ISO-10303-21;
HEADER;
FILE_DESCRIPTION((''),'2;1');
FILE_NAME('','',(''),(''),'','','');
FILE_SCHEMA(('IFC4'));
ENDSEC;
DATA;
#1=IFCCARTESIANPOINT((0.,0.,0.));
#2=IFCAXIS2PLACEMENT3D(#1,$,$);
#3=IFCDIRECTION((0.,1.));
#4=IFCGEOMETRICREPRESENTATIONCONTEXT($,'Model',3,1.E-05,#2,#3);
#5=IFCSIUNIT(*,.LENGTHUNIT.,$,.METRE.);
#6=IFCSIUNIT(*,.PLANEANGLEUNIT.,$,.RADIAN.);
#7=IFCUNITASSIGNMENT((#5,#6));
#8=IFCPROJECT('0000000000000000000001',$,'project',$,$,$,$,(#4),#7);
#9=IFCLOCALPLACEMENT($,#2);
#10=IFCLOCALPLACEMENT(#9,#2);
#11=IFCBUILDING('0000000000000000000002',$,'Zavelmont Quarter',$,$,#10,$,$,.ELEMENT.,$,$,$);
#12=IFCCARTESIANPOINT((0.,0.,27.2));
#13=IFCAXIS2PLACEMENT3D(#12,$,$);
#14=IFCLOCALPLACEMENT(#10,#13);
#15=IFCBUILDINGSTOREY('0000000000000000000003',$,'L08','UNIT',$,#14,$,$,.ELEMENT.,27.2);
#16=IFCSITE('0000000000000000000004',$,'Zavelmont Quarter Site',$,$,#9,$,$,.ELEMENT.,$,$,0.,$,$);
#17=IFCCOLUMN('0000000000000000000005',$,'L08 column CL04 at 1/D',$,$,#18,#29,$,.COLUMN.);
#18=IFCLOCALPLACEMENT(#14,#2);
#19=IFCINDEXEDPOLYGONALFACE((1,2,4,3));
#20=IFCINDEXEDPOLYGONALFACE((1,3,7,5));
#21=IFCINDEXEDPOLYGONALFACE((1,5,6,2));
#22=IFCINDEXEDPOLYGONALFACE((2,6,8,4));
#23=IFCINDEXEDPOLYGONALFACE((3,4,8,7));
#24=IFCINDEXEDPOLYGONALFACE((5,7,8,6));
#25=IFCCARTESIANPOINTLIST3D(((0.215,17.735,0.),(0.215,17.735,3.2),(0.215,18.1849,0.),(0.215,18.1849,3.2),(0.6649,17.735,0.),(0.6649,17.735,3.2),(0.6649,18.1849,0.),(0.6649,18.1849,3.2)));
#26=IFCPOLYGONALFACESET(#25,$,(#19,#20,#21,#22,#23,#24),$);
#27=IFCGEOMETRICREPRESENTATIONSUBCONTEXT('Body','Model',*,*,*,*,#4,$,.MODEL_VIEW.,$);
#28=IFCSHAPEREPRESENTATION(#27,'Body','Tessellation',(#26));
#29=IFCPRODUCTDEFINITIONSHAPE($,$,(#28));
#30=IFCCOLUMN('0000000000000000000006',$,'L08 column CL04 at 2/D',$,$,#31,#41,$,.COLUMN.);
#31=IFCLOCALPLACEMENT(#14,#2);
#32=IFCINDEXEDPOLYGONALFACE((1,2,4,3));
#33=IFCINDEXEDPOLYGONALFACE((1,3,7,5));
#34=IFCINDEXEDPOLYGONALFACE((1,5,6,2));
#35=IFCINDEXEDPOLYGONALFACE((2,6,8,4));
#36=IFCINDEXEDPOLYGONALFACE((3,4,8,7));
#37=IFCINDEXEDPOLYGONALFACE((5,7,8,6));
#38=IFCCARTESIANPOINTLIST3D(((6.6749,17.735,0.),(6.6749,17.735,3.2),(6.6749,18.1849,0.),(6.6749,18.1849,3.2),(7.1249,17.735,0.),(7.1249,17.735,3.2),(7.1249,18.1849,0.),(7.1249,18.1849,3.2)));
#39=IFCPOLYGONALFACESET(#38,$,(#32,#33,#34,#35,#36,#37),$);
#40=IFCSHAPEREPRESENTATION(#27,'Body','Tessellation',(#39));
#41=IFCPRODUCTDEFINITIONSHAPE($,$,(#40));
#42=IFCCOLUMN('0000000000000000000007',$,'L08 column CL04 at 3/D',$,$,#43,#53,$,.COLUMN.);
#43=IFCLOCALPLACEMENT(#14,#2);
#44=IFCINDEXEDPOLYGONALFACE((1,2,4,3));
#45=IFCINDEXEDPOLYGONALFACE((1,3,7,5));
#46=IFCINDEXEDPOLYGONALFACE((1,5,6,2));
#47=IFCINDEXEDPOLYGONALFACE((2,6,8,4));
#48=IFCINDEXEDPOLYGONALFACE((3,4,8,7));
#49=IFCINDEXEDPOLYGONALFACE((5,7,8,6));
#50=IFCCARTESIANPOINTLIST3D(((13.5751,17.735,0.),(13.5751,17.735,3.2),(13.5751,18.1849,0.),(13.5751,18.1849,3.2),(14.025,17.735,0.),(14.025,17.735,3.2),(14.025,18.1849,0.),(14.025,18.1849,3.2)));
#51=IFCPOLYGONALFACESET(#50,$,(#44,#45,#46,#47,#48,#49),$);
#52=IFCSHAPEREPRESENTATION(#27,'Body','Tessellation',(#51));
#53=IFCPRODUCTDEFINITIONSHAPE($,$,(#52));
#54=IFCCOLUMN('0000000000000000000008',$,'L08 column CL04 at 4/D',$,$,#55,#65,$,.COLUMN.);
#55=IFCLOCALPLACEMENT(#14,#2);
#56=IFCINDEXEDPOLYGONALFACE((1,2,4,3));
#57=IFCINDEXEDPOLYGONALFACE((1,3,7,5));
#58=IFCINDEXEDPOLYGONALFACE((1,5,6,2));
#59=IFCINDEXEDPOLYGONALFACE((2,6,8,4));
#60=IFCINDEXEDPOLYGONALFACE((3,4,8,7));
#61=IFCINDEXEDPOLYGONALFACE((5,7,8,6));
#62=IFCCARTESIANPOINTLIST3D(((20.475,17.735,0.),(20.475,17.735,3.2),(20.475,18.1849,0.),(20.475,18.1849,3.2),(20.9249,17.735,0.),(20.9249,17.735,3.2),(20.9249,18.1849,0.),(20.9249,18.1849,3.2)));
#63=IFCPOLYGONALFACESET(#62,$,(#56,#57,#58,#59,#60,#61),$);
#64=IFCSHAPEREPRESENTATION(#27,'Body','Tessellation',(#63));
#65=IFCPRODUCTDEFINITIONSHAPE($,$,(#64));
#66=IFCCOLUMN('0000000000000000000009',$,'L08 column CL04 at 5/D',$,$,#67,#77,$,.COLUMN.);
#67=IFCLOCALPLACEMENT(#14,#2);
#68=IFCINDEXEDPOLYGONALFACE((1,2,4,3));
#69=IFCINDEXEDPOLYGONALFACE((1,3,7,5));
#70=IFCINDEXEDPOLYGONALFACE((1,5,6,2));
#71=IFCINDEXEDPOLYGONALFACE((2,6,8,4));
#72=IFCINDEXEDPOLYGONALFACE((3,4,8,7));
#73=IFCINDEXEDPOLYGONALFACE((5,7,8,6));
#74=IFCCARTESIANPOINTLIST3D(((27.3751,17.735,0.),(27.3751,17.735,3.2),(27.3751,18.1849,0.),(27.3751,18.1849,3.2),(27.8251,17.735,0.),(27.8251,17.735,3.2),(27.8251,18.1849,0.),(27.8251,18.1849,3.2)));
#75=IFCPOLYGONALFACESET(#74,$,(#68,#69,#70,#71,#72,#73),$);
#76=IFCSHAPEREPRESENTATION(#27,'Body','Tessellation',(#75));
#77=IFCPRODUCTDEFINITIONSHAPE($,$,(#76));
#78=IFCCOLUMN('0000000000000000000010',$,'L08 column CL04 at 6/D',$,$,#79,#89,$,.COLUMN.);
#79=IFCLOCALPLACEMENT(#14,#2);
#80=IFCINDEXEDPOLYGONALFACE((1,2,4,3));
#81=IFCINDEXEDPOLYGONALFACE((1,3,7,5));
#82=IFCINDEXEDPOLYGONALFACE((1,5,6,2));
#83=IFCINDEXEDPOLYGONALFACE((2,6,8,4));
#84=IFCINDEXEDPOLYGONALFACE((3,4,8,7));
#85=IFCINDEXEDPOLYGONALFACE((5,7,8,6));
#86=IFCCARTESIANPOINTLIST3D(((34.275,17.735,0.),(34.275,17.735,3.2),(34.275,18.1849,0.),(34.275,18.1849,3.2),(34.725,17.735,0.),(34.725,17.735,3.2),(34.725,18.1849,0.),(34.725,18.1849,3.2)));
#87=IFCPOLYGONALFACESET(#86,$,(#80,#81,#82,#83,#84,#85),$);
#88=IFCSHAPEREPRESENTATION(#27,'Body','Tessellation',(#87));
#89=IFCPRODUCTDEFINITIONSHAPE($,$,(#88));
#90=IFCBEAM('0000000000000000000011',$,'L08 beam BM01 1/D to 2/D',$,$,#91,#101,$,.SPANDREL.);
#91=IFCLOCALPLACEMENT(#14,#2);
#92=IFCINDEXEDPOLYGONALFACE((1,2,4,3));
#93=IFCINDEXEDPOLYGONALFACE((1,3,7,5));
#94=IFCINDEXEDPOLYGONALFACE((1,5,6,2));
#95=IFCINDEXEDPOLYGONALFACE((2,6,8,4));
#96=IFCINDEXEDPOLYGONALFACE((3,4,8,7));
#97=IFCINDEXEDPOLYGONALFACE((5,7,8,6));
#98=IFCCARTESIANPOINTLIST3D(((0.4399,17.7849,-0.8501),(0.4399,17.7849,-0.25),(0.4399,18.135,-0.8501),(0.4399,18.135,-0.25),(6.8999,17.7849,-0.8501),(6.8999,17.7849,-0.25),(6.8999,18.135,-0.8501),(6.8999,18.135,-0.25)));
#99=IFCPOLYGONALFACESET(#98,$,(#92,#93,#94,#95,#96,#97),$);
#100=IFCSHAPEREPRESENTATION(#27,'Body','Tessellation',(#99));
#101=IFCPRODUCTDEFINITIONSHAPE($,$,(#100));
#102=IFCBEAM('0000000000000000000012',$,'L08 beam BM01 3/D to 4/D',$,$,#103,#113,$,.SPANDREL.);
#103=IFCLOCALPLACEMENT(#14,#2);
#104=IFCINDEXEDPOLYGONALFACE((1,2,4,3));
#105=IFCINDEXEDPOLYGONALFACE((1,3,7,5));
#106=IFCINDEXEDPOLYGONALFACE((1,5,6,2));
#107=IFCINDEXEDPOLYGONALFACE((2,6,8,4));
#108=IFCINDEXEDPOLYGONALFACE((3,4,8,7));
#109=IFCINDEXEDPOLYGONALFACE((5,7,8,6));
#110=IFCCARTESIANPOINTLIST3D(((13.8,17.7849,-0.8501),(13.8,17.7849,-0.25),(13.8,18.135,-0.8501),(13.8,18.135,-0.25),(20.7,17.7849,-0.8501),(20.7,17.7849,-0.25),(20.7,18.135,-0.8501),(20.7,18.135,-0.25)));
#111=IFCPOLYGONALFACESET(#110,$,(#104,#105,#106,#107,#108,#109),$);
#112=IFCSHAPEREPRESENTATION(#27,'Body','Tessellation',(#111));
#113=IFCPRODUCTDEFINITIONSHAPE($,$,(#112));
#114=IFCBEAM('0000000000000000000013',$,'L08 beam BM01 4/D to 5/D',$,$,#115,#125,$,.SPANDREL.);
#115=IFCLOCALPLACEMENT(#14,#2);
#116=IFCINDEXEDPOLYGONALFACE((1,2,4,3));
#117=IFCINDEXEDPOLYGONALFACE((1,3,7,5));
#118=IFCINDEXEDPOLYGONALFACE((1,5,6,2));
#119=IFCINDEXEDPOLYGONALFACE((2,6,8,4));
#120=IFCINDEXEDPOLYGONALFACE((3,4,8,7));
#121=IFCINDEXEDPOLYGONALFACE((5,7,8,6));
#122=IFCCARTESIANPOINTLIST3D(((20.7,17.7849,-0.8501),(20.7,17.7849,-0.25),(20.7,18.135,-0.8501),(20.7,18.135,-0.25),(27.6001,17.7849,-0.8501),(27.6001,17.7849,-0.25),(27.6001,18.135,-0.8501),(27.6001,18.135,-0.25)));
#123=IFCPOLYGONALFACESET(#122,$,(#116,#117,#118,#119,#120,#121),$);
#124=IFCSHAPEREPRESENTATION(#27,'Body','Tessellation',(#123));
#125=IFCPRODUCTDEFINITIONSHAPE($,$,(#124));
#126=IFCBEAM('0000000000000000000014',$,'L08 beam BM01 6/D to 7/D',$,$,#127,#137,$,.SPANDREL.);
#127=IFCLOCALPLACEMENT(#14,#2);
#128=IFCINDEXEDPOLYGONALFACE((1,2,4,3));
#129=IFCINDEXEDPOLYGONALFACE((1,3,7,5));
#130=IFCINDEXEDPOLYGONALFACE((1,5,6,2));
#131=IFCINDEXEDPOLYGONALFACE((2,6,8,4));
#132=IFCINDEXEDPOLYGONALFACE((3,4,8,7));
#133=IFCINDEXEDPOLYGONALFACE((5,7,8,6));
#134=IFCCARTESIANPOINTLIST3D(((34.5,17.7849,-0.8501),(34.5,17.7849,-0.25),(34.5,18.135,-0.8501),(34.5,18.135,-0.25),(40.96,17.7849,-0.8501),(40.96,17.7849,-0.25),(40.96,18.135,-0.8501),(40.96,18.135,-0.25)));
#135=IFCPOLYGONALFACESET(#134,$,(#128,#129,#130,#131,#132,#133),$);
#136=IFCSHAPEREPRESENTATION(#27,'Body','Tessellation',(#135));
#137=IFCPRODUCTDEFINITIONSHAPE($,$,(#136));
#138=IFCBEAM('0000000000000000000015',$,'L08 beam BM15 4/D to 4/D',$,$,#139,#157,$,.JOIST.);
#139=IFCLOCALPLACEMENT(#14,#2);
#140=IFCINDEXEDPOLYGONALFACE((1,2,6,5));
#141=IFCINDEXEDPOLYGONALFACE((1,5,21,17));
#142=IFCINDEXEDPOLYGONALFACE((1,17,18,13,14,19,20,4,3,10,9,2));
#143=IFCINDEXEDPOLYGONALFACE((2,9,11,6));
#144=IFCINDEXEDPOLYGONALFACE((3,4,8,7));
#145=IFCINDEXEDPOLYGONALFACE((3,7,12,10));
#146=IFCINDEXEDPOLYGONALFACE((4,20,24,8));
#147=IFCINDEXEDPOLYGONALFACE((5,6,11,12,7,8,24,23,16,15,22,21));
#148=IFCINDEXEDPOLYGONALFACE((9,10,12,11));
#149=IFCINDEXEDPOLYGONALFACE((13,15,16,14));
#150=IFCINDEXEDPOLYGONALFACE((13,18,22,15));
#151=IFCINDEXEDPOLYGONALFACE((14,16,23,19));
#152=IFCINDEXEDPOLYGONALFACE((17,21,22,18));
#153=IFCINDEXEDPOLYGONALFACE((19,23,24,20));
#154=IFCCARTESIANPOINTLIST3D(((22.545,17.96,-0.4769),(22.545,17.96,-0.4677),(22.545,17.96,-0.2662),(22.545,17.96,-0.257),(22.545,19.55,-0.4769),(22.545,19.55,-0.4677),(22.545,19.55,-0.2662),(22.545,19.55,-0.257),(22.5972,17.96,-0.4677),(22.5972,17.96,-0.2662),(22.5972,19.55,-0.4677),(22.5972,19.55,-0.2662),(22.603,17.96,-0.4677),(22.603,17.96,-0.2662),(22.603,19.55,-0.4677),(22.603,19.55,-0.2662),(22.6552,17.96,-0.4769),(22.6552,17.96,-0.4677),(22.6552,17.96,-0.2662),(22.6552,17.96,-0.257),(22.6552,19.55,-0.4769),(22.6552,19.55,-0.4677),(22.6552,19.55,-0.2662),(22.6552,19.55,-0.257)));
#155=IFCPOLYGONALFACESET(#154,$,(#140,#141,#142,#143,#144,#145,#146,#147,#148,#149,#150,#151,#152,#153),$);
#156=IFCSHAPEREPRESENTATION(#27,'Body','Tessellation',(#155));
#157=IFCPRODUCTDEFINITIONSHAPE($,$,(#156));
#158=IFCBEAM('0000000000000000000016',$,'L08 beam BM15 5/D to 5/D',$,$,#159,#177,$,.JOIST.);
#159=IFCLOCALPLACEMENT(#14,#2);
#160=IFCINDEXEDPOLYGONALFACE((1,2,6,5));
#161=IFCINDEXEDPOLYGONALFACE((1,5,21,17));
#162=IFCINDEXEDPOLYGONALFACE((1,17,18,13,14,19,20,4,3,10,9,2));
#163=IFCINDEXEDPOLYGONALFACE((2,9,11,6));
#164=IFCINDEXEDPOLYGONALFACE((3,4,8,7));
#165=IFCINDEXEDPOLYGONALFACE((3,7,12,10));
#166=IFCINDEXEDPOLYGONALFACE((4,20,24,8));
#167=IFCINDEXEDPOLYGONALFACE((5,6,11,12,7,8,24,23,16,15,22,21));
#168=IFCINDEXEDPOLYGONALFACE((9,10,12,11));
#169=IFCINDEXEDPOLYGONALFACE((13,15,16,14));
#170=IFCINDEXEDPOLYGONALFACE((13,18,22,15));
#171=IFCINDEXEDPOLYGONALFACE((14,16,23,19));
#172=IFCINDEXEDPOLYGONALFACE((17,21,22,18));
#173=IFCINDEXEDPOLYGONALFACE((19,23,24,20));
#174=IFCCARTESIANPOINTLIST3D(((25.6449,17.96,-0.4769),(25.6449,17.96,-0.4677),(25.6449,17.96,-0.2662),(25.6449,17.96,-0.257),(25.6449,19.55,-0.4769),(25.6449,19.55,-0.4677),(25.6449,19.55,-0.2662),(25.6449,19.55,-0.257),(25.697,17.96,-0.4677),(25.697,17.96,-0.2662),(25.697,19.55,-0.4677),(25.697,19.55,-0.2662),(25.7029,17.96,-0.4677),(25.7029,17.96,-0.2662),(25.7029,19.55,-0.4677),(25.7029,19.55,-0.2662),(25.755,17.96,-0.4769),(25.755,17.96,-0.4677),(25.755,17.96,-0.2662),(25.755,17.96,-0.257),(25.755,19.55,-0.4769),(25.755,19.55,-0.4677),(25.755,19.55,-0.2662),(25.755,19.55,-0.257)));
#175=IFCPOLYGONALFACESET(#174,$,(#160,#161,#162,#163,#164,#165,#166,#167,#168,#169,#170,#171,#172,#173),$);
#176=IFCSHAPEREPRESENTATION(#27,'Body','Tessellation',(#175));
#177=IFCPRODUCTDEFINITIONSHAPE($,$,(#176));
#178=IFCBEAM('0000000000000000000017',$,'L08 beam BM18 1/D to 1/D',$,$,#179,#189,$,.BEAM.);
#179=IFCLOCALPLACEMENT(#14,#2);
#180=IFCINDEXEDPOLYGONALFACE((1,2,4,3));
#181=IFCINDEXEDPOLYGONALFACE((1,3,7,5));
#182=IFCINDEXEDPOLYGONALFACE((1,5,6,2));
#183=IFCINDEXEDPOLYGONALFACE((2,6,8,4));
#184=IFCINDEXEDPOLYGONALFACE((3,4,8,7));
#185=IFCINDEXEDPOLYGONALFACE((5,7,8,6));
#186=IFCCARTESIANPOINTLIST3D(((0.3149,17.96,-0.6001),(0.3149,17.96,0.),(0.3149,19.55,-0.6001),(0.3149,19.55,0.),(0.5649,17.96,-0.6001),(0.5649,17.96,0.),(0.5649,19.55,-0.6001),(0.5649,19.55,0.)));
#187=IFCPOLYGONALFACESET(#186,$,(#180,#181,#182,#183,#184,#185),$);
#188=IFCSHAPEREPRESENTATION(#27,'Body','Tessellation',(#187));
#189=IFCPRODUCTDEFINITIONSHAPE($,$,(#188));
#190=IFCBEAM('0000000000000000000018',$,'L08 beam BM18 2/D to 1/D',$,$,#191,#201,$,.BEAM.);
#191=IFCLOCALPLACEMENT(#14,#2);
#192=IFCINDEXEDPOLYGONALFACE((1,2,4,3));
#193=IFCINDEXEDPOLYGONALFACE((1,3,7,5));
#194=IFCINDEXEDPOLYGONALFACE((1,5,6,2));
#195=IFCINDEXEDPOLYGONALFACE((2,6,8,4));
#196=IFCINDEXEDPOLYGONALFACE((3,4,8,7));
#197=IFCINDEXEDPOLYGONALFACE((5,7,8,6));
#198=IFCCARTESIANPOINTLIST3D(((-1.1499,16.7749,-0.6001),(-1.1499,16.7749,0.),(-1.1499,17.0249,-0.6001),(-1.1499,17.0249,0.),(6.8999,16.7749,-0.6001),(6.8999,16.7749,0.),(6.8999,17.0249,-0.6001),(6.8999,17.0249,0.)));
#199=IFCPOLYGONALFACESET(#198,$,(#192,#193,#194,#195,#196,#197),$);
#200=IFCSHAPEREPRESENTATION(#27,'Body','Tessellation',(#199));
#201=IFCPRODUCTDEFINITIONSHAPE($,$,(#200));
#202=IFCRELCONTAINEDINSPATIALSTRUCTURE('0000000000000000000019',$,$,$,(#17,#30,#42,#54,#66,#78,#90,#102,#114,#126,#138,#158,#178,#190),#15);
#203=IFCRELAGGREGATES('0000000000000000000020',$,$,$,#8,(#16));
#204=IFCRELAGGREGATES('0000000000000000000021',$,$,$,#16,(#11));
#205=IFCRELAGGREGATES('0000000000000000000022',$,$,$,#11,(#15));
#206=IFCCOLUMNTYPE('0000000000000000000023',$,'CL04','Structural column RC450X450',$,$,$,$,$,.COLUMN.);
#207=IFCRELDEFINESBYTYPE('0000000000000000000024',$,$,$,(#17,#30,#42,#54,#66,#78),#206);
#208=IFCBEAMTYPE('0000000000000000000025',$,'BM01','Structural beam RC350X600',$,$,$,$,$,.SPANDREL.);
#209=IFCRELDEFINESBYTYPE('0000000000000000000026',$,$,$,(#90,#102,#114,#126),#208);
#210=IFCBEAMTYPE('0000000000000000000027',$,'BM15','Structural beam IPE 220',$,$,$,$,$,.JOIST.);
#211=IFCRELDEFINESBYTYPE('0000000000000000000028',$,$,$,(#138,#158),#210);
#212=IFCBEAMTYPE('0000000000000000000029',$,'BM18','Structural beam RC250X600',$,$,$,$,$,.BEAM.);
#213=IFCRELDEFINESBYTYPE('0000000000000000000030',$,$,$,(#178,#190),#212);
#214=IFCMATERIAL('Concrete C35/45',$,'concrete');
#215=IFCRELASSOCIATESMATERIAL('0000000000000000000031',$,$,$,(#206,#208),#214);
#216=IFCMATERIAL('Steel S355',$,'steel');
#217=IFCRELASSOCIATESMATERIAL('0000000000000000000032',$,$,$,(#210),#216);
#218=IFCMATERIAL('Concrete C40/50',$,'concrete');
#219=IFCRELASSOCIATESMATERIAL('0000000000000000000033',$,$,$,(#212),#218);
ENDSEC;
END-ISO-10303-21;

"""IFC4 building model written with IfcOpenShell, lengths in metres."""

from ifc_helpers import new_model, si_unit, direction, frame, origin, origin_2d, place, context, subcontext, project, spatial, rectangle, i_section, extrude, material, material_profile, profile_set, type_object, element, save


model = new_model("IFC4")

# Units and contexts
model_context = context("Model", 3, precision=1e-05, world=origin(), true_north=direction((0.0, 1.0)))
body_context = subcontext(model_context, "Body", "Model", "MODEL_VIEW")
ifc_project = project(units=[si_unit("LENGTHUNIT", "METRE"), si_unit("PLANEANGLEUNIT", "RADIAN")], contexts=[model_context])

# Site, building, storey
site_placement = place(None, origin())
site = spatial("IfcSite", under=ifc_project, at=site_placement, Name="Zavelmont Quarter Site", CompositionType="ELEMENT", RefElevation=0.0)
building_placement = place(site_placement, origin())
building = spatial("IfcBuilding", under=site, at=building_placement, Name="Zavelmont Quarter", CompositionType="ELEMENT")
storey_placement = place(building_placement, frame((0.0, 0.0, 27.2)))
storey = spatial("IfcBuildingStorey", under=building, at=storey_placement, Name="L08", Description="UNIT", CompositionType="ELEMENT", Elevation=27.2)

# Columns
ifc_material_1 = material(Name="Concrete C35/45", Category="concrete")
ifc_material_profile_1 = material_profile(ifc_material_1, rectangle(XDim=0.45, YDim=0.45, at=origin_2d()), Name="RC450X450")
ifc_profile_set_1 = profile_set([ifc_material_profile_1], Name="Concrete C35/45")
column_type = type_object("IfcColumnType", Name="CL04", Description="Structural column RC450X450", PredefinedType="COLUMN", material=ifc_profile_set_1)
for number, where, z_axis, x_axis, name in (
    (1, (0.4399, 17.96, 0.0), (0.0, 0.0, 1.0), (1.0, 0.0, 0.0), "L08 column CL04 at 1/D"),
    (2, (6.8999, 17.96, 0.0), (0.0, 0.0, 1.0), (1.0, 0.0, 0.0), "L08 column CL04 at 2/D"),
    (3, (13.8, 17.96, 0.0), (0.0, 0.0, 1.0), (1.0, 0.0, 0.0), "L08 column CL04 at 3/D"),
    (4, (20.7, 17.96, 0.0), (0.0, 0.0, 1.0), (1.0, 0.0, 0.0), "L08 column CL04 at 4/D"),
    (5, (27.6001, 17.96, 0.0), (0.0, 0.0, 1.0), (1.0, 0.0, 0.0), "L08 column CL04 at 5/D"),
    (6, (34.5, 17.96, 0.0), (0.0, 0.0, 1.0), (1.0, 0.0, 0.0), "L08 column CL04 at 6/D"),
):
    element("IfcColumn", number, at=place(storey_placement, frame(where, z_axis=z_axis, x_axis=x_axis)), inside=storey, type_object=column_type, Name=name, PredefinedType="COLUMN", context=body_context, shape_type="SweptSolid", body=[
        extrude(rectangle(XDim=0.45, YDim=0.45, at=origin_2d()), origin(), (0.0, 0.0, 1.0), 3.2),
    ])

# Beams
ifc_material_profile_2 = material_profile(ifc_material_1, rectangle(XDim=0.3501, YDim=0.6001, at=origin_2d()), Name="RC350X600")
ifc_profile_set_2 = profile_set([ifc_material_profile_2], Name="Concrete C35/45")
beam_type_1 = type_object("IfcBeamType", Name="BM01", Description="Structural beam RC350X600", PredefinedType="SPANDREL", material=ifc_profile_set_2)
beam_1_placement = place(storey_placement, frame((0.4399, 17.96, -0.55), z_axis=(1.0, 0.0, 0.0), x_axis=(0.0, 1.0, 0.0)))
element("IfcBeam", 7, at=beam_1_placement, inside=storey, type_object=beam_type_1, Name="L08 beam BM01 1/D to 2/D", PredefinedType="SPANDREL", context=body_context, shape_type="SweptSolid", body=[
    extrude(rectangle(XDim=0.3501, YDim=0.6001, at=origin_2d()), origin(), (0.0, 0.0, 1.0), 6.46),
])
beam_2_placement = place(storey_placement, frame((13.8, 17.96, -0.55), z_axis=(1.0, 0.0, 0.0), x_axis=(0.0, 1.0, 0.0)))
element("IfcBeam", 8, at=beam_2_placement, inside=storey, type_object=beam_type_1, Name="L08 beam BM01 3/D to 4/D", PredefinedType="SPANDREL", context=body_context, shape_type="SweptSolid", body=[
    extrude(rectangle(XDim=0.3501, YDim=0.6001, at=origin_2d()), origin(), (0.0, 0.0, 1.0), 6.8999),
])
beam_3_placement = place(storey_placement, frame((20.7, 17.96, -0.55), z_axis=(1.0, 0.0, 0.0), x_axis=(0.0, 1.0, 0.0)))
element("IfcBeam", 9, at=beam_3_placement, inside=storey, type_object=beam_type_1, Name="L08 beam BM01 4/D to 5/D", PredefinedType="SPANDREL", context=body_context, shape_type="SweptSolid", body=[
    extrude(rectangle(XDim=0.3501, YDim=0.6001, at=origin_2d()), origin(), (0.0, 0.0, 1.0), 6.9001),
])
beam_4_placement = place(storey_placement, frame((34.5, 17.96, -0.55), z_axis=(1.0, 0.0, 0.0), x_axis=(0.0, 1.0, 0.0)))
element("IfcBeam", 10, at=beam_4_placement, inside=storey, type_object=beam_type_1, Name="L08 beam BM01 6/D to 7/D", PredefinedType="SPANDREL", context=body_context, shape_type="SweptSolid", body=[
    extrude(rectangle(XDim=0.3501, YDim=0.6001, at=origin_2d()), origin(), (0.0, 0.0, 1.0), 6.46),
])
ifc_material_2 = material(Name="Steel S355", Category="steel")
ifc_material_profile_3 = material_profile(ifc_material_2, i_section(OverallWidth=0.1101, OverallDepth=0.22, WebThickness=0.0059, FlangeThickness=0.0093, at=origin_2d()), Name="IPE 220")
ifc_profile_set_3 = profile_set([ifc_material_profile_3], Name="Steel S355")
beam_type_2 = type_object("IfcBeamType", Name="BM15", Description="Structural beam IPE 220", PredefinedType="JOIST", material=ifc_profile_set_3)
for number, where, z_axis, x_axis, name in (
    (11, (22.6001, 17.96, -0.3669), (0.0, 1.0, 0.0), (-1.0, 0.0, 0.0), "L08 beam BM15 4/D to 4/D"),
    (12, (25.7, 17.96, -0.3669), (0.0, 1.0, 0.0), (-1.0, 0.0, 0.0), "L08 beam BM15 5/D to 5/D"),
):
    element("IfcBeam", number, at=place(storey_placement, frame(where, z_axis=z_axis, x_axis=x_axis)), inside=storey, type_object=beam_type_2, Name=name, PredefinedType="JOIST", context=body_context, shape_type="SweptSolid", body=[
        extrude(i_section(OverallWidth=0.1101, OverallDepth=0.22, WebThickness=0.0059, FlangeThickness=0.0093, at=origin_2d()), origin(), (0.0, 0.0, 1.0), 1.5901),
    ])
ifc_material_3 = material(Name="Concrete C40/50", Category="concrete")
ifc_material_profile_4 = material_profile(ifc_material_3, rectangle(XDim=0.25, YDim=0.6001, at=origin_2d()), Name="RC250X600")
ifc_profile_set_4 = profile_set([ifc_material_profile_4], Name="Concrete C40/50")
beam_type_3 = type_object("IfcBeamType", Name="BM18", Description="Structural beam RC250X600", PredefinedType="BEAM", material=ifc_profile_set_4)
beam_5_placement = place(storey_placement, frame((0.4399, 17.96, -0.3), z_axis=(0.0, 1.0, 0.0), x_axis=(-1.0, 0.0, 0.0)))
element("IfcBeam", 13, at=beam_5_placement, inside=storey, type_object=beam_type_3, Name="L08 beam BM18 1/D to 1/D", PredefinedType="BEAM", context=body_context, shape_type="SweptSolid", body=[
    extrude(rectangle(XDim=0.25, YDim=0.6001, at=origin_2d()), origin(), (0.0, 0.0, 1.0), 1.5901),
])
beam_6_placement = place(storey_placement, frame((6.8999, 16.8999, -0.3), z_axis=(-1.0, 0.0, 0.0), x_axis=(0.0, -1.0, 0.0)))
element("IfcBeam", 14, at=beam_6_placement, inside=storey, type_object=beam_type_3, Name="L08 beam BM18 2/D to 1/D", PredefinedType="BEAM", context=body_context, shape_type="SweptSolid", body=[
    extrude(rectangle(XDim=0.25, YDim=0.6001, at=origin_2d()), origin(), (0.0, 0.0, 1.0), 8.0498),
])

save(model, "model.ifc")
